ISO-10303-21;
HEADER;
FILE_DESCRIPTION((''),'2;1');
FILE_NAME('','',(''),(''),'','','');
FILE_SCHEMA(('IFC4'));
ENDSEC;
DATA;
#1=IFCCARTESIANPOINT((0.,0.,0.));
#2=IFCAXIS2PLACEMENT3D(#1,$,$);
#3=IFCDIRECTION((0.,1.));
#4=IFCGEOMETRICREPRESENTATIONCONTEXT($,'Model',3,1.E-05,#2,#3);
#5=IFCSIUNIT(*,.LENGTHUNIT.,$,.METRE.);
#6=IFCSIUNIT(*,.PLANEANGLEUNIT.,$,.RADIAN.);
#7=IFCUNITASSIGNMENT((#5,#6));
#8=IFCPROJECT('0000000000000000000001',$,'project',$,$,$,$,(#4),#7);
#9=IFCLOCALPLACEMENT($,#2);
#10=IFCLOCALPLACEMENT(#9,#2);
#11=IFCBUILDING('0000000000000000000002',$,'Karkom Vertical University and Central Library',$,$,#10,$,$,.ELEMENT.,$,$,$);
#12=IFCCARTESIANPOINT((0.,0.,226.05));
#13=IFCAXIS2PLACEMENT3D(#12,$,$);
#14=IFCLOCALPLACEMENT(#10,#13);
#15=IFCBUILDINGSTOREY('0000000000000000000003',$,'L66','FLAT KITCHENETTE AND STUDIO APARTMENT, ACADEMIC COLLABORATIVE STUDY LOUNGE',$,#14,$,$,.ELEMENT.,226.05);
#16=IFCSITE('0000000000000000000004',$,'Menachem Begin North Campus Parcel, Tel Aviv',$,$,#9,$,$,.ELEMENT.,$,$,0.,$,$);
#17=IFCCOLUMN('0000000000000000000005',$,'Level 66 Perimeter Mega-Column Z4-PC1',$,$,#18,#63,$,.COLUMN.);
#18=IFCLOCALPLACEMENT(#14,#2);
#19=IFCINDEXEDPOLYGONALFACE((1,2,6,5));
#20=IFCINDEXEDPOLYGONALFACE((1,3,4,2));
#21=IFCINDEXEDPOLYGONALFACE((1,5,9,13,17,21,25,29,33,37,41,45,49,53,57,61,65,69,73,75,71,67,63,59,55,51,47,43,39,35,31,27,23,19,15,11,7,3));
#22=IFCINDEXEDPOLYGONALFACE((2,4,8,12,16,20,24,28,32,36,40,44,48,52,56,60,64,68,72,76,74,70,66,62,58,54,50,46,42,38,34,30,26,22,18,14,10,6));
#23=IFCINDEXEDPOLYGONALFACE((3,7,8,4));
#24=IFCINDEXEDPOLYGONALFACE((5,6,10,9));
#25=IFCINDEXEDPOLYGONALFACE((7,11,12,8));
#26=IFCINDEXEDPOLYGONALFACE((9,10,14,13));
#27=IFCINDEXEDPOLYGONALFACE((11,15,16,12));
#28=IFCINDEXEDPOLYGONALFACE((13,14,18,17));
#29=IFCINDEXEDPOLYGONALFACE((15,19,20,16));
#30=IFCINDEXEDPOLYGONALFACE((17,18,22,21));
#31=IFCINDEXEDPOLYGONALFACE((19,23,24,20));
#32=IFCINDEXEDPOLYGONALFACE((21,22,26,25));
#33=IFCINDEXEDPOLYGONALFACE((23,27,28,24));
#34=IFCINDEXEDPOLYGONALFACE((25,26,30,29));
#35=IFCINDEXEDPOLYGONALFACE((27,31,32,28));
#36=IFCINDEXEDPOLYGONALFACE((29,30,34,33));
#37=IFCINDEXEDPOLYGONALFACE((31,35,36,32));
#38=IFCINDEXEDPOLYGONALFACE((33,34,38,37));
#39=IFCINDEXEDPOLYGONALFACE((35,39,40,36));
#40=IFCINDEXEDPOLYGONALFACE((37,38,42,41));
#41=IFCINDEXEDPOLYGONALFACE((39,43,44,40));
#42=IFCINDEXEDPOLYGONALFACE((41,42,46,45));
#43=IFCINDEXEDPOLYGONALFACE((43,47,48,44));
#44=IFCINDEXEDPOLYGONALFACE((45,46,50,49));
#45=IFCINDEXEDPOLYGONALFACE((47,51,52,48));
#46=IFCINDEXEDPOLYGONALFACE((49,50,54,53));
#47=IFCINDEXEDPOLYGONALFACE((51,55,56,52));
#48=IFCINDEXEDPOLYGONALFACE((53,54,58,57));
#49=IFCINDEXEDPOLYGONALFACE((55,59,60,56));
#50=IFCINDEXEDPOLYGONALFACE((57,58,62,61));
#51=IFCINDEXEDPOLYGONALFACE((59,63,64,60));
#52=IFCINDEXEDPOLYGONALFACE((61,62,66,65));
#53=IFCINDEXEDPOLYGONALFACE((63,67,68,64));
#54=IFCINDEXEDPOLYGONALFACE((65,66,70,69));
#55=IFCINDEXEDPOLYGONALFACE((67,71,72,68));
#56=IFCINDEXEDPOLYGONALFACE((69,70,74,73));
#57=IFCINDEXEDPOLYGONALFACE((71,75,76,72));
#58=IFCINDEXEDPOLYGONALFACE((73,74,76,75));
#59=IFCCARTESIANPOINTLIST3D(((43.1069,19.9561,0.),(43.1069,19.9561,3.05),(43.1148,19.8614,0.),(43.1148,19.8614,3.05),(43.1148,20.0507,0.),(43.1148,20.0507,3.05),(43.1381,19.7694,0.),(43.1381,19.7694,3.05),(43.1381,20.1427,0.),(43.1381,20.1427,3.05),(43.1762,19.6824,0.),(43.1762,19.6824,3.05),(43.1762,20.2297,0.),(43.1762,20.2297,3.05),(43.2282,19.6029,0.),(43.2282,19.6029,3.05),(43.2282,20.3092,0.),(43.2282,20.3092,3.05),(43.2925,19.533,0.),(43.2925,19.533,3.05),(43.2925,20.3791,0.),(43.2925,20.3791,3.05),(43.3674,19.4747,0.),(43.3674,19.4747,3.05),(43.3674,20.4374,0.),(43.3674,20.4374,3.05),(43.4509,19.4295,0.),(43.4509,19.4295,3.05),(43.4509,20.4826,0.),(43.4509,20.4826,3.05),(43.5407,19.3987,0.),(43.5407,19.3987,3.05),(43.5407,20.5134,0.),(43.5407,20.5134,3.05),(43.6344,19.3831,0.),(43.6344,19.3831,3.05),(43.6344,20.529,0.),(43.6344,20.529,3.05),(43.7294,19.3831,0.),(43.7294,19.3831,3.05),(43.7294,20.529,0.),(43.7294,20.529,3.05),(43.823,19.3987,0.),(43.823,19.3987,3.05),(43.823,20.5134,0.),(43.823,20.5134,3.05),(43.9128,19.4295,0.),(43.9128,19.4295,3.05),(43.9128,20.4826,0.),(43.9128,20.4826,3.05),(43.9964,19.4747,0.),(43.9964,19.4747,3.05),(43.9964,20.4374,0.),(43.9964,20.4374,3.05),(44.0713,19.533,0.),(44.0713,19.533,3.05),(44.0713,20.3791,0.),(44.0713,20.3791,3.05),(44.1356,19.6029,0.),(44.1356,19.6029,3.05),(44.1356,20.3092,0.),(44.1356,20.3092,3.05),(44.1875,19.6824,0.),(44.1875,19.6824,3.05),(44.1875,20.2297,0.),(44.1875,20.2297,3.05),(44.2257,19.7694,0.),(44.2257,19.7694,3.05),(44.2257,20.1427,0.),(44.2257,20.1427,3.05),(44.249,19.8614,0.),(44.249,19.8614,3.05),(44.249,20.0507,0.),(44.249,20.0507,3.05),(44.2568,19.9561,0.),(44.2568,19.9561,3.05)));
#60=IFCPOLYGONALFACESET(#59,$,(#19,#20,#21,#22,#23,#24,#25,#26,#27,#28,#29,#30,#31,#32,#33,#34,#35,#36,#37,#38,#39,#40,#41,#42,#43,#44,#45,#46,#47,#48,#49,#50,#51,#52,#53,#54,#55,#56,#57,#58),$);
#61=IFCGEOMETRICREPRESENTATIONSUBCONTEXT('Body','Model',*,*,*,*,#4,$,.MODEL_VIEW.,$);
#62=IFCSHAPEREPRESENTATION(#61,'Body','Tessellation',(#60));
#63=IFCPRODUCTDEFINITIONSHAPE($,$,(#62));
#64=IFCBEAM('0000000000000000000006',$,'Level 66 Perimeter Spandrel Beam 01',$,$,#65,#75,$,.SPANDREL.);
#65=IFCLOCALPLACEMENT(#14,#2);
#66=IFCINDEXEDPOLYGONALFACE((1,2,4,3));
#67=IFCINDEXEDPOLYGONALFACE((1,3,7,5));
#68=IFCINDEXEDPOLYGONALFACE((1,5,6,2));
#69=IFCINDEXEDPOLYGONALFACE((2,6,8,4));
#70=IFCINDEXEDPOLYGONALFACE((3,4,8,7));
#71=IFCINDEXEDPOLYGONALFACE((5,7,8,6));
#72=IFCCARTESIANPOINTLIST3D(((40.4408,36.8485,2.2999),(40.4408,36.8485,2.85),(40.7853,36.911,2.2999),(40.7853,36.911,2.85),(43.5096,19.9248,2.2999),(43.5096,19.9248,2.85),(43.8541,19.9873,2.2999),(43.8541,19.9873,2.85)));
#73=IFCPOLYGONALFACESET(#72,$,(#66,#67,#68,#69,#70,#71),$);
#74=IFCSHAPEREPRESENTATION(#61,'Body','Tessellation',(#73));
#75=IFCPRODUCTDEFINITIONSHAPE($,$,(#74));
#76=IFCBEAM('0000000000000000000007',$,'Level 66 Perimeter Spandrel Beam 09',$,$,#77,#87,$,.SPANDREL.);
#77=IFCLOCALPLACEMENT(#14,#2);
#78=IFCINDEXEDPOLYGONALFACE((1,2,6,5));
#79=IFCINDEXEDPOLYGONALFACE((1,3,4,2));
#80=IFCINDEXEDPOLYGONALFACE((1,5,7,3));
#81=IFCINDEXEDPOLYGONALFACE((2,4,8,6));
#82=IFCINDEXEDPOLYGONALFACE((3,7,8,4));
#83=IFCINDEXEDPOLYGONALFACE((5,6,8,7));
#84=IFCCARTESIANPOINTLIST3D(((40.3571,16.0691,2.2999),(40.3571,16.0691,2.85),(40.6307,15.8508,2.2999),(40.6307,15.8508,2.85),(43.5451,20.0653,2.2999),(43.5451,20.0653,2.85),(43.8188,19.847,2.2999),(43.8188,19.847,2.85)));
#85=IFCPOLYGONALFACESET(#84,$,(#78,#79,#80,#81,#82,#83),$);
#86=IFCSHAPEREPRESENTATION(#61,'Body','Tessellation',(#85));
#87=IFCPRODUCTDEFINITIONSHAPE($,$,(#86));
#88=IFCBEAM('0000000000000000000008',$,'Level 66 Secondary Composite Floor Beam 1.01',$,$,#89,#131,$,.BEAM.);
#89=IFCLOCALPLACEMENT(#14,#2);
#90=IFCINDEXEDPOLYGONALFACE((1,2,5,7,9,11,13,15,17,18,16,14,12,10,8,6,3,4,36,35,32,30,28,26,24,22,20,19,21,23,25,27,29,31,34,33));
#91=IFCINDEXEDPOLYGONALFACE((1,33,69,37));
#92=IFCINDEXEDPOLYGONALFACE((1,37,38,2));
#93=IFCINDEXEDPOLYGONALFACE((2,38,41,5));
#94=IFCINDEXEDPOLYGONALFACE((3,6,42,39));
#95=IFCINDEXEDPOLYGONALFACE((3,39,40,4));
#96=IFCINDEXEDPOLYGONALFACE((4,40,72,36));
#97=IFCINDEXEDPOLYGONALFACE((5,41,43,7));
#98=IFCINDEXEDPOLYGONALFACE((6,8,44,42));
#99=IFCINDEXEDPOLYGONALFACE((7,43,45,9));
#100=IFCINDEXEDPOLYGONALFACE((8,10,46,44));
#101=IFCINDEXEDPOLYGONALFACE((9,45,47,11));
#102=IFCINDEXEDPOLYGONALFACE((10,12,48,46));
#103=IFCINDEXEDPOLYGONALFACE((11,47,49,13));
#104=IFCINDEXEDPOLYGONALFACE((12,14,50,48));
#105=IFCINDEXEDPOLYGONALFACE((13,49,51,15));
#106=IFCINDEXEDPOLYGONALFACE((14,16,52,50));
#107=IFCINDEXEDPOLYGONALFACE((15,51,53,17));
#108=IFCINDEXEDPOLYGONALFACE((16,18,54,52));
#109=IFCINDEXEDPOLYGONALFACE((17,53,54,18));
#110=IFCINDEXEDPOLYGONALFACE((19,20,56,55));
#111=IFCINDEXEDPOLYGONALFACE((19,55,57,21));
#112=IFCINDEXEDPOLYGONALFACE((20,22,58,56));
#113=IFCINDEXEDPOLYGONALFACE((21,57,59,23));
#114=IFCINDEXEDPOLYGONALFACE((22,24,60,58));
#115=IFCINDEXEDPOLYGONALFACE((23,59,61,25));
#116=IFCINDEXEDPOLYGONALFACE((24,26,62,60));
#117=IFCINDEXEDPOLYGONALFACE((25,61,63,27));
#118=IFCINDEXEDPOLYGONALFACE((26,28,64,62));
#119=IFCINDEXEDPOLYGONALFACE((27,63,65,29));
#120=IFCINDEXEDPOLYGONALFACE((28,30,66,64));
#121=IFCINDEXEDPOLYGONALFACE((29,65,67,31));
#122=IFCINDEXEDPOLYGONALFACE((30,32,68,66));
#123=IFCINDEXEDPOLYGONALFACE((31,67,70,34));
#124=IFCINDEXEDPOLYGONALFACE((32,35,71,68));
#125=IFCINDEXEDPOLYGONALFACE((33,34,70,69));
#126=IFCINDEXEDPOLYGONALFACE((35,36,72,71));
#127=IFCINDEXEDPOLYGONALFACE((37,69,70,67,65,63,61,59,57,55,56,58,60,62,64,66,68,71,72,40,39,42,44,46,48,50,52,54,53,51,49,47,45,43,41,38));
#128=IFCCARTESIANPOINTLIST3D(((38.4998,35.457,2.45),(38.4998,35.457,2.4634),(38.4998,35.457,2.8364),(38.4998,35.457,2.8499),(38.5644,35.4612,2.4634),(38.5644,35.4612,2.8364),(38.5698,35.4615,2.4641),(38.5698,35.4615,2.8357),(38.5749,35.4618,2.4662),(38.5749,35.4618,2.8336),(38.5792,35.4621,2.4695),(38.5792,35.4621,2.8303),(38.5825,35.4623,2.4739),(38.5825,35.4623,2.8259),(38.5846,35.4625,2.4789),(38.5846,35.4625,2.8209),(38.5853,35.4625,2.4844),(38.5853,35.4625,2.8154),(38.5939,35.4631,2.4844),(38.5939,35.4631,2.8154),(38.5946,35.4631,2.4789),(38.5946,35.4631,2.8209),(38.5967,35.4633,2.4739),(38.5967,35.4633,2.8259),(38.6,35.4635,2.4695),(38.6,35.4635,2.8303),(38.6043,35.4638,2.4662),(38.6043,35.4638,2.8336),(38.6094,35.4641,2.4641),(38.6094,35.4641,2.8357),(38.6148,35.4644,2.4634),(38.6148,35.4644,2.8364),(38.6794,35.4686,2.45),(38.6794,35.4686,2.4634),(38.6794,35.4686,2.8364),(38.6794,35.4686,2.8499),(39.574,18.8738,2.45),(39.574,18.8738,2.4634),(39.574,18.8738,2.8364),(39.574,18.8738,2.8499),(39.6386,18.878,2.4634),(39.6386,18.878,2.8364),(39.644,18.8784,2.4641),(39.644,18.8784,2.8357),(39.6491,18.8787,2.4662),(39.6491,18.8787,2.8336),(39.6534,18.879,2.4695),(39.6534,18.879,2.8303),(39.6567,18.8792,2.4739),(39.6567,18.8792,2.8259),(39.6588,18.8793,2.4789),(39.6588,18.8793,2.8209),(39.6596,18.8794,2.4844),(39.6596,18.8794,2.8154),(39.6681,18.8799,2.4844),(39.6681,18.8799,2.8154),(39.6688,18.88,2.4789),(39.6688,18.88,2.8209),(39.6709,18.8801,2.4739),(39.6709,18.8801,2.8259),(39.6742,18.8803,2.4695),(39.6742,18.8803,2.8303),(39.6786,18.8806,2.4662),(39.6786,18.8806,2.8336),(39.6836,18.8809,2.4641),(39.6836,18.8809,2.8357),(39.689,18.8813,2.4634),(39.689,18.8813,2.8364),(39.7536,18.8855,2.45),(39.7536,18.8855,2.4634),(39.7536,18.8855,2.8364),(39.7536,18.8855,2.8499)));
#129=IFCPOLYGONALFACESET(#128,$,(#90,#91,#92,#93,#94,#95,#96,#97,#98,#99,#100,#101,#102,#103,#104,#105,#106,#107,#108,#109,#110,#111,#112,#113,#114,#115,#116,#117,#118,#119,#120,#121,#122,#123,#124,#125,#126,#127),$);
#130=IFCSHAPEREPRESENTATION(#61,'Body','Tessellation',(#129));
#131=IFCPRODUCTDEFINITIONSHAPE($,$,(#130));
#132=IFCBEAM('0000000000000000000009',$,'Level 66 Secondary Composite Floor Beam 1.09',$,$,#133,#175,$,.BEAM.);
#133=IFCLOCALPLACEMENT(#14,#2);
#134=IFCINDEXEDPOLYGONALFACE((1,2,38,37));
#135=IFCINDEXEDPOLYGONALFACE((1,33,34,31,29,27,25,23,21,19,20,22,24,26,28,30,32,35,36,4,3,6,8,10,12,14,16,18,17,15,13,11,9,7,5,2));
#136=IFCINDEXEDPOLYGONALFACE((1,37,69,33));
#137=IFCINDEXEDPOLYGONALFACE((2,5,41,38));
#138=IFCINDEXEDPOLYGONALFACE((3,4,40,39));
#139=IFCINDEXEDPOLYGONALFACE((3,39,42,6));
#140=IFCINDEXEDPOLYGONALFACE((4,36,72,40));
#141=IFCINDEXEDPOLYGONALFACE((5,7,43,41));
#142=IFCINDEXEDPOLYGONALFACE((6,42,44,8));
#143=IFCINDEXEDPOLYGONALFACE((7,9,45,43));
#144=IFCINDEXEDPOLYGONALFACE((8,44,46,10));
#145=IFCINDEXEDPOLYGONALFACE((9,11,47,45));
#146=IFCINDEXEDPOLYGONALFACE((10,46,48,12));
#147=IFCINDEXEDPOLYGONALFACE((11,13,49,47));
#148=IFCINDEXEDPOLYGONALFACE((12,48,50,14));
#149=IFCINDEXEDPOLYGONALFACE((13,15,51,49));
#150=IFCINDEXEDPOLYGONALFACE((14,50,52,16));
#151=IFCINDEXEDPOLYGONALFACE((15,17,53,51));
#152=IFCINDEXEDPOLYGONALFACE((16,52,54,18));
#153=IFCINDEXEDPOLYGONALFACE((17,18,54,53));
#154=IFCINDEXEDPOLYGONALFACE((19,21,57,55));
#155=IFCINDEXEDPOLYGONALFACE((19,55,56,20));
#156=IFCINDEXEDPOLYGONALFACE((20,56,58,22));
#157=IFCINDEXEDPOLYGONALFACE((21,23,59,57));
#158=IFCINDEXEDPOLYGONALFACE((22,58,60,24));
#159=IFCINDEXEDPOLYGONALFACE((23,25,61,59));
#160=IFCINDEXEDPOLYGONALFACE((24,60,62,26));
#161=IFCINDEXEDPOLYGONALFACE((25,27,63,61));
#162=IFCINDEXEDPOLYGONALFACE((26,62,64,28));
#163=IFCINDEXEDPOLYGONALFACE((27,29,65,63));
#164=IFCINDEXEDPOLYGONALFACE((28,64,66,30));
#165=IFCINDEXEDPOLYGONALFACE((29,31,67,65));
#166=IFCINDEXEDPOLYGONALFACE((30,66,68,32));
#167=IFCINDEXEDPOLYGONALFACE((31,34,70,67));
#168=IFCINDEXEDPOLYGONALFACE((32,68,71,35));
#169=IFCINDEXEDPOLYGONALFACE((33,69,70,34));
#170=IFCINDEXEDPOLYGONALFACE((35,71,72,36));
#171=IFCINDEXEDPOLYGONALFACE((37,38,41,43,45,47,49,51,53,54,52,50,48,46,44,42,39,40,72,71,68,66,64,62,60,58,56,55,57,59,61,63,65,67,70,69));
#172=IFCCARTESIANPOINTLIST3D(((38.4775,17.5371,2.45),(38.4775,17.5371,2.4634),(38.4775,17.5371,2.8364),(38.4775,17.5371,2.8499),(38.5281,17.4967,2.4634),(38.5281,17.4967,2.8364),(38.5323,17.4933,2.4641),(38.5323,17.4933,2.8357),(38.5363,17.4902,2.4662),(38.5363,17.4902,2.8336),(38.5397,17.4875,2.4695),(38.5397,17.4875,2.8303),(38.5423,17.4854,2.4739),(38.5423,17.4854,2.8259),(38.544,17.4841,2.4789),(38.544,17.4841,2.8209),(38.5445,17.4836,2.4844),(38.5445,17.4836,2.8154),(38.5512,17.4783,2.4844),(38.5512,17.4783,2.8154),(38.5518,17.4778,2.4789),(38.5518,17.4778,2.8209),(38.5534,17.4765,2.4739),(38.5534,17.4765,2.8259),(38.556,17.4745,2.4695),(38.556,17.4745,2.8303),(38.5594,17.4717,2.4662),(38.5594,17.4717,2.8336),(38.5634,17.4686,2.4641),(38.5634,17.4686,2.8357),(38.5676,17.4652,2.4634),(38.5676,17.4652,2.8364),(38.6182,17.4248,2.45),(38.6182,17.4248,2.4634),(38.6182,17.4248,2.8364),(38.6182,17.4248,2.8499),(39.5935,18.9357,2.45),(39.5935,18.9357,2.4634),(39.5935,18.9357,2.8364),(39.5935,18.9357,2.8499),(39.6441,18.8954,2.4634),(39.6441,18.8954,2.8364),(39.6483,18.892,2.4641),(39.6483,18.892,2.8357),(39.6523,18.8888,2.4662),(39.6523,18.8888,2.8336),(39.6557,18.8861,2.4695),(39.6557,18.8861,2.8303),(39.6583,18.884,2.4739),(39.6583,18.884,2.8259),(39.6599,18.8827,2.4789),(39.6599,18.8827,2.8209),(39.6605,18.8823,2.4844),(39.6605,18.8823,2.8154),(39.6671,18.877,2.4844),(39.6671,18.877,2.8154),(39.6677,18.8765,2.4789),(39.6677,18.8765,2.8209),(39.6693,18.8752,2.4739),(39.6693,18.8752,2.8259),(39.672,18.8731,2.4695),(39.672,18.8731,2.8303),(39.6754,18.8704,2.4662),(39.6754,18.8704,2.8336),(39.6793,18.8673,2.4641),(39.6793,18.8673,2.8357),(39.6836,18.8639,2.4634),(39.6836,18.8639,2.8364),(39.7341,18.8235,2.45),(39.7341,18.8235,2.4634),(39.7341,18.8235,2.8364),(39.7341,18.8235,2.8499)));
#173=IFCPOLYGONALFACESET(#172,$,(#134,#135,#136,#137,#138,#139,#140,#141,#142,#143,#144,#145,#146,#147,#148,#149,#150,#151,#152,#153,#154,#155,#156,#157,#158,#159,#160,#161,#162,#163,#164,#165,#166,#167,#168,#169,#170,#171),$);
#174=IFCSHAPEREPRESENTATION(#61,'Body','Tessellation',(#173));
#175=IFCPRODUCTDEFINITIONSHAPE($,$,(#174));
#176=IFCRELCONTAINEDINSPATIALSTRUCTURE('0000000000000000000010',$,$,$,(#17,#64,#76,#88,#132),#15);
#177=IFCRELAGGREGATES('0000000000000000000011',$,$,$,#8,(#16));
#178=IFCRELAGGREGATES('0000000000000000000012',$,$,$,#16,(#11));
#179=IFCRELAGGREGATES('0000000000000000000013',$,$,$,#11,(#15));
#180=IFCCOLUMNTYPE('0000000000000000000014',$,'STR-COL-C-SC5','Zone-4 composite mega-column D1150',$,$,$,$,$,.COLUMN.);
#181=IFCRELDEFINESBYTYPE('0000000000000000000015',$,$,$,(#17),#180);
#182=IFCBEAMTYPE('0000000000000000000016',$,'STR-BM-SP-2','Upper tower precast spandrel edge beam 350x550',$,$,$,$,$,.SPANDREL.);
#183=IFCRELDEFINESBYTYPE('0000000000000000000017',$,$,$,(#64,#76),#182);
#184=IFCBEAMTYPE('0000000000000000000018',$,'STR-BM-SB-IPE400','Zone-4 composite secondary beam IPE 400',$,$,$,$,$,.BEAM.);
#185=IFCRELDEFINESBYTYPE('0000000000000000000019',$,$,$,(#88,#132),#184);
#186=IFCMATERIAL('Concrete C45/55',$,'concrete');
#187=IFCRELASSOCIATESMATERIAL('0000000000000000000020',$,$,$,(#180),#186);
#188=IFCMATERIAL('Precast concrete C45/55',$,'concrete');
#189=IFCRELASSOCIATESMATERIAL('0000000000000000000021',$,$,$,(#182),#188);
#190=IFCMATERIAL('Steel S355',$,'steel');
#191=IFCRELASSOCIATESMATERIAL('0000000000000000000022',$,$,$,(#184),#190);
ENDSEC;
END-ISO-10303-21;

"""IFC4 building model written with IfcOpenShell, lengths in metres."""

from ifc_helpers import new_model, si_unit, direction, frame, origin, origin_with_axes, origin_2d, place, context, subcontext, project, spatial, rectangle, circle, i_section, extrude, source, transform, mapped, material, material_profile, profile_set, type_object, element, save


model = new_model("IFC4")

# Units and contexts
model_context = context("Model", 3, precision=1e-05, world=origin(), true_north=direction((0.0, 1.0)))
body_context = subcontext(model_context, "Body", "Model", "MODEL_VIEW")
ifc_project = project(units=[si_unit("LENGTHUNIT", "METRE"), si_unit("PLANEANGLEUNIT", "RADIAN")], contexts=[model_context])

# Site, building, storey
site_placement = place(None, origin())
site = spatial("IfcSite", under=ifc_project, at=site_placement, Name="Menachem Begin North Campus Parcel, Tel Aviv", CompositionType="ELEMENT", RefElevation=0.0)
building_placement = place(site_placement, origin())
building = spatial("IfcBuilding", under=site, at=building_placement, Name="Karkom Vertical University and Central Library", CompositionType="ELEMENT")
storey_placement = place(building_placement, frame((0.0, 0.0, 226.05)))
storey = spatial("IfcBuildingStorey", under=building, at=storey_placement, Name="L66", Description="FLAT KITCHENETTE AND STUDIO APARTMENT, ACADEMIC COLLABORATIVE STUDY LOUNGE", CompositionType="ELEMENT", Elevation=226.05)

# Column
ifc_material_1 = material(Name="Concrete C45/55", Category="concrete")
ifc_material_profile_1 = material_profile(ifc_material_1, circle(Radius=0.575, at=origin_2d()), Name="CFT-D1150")
ifc_profile_set_1 = profile_set([ifc_material_profile_1], Name="Concrete C45/55")
column_type = type_object("IfcColumnType", Name="STR-COL-C-SC5", Description="Zone-4 composite mega-column D1150", PredefinedType="COLUMN", material=ifc_profile_set_1)
shared_shape_1 = source(origin_with_axes(), body_context, "Body", "SweptSolid", [
    extrude(circle(Radius=0.575, at=origin_2d()), origin(), (0.0, 0.0, 1.0), 3.05),
])
column_placement = place(storey_placement, frame((43.6819, 19.9561, 0.0), z_axis=(0.0, 0.0, 1.0), x_axis=(1.0, 0.0, 0.0)))
element("IfcColumn", 1, at=column_placement, inside=storey, type_object=column_type, Name="Level 66 Perimeter Mega-Column Z4-PC1", PredefinedType="COLUMN", context=body_context, shape_type="MappedRepresentation", body=[
    mapped(shared_shape_1, transform((0.0, 0.0, 0.0), scale=1.0)),
])

# Beams
ifc_material_2 = material(Name="Precast concrete C45/55", Category="concrete")
ifc_material_profile_2 = material_profile(ifc_material_2, rectangle(XDim=0.3501, YDim=0.55, at=origin_2d()), Name="SPB-350x550")
ifc_profile_set_2 = profile_set([ifc_material_profile_2], Name="Precast concrete C45/55")
beam_type_1 = type_object("IfcBeamType", Name="STR-BM-SP-2", Description="Upper tower precast spandrel edge beam 350x550", PredefinedType="SPANDREL", material=ifc_profile_set_2)
shared_shape_2 = source(origin_with_axes(), body_context, "Body", "SweptSolid", [
    extrude(rectangle(XDim=0.3501, YDim=0.55, at=origin_2d()), origin(), (0.0, 0.0, 1.0), 17.1997),
])
beam_1_placement = place(storey_placement, frame((43.6819, 19.9561, 2.575), z_axis=(-0.178423, 0.983954, 0.0), x_axis=(-0.983954, -0.178423, 0.0)))
element("IfcBeam", 2, at=beam_1_placement, inside=storey, type_object=beam_type_1, Name="Level 66 Perimeter Spandrel Beam 01", PredefinedType="SPANDREL", context=body_context, shape_type="MappedRepresentation", body=[
    mapped(shared_shape_2, transform((0.0, 0.0, 0.0), scale=1.0)),
])
shared_shape_3 = source(origin_with_axes(), body_context, "Body", "SweptSolid", [
    extrude(rectangle(XDim=0.3501, YDim=0.55, at=origin_2d()), origin(), (0.0, 0.0, 1.0), 5.1121),
])
beam_2_placement = place(storey_placement, frame((40.4939, 15.96, 2.575), z_axis=(0.623634, 0.781716, 0.0), x_axis=(-0.781716, 0.623634, 0.0)))
element("IfcBeam", 3, at=beam_2_placement, inside=storey, type_object=beam_type_1, Name="Level 66 Perimeter Spandrel Beam 09", PredefinedType="SPANDREL", context=body_context, shape_type="MappedRepresentation", body=[
    mapped(shared_shape_3, transform((0.0, 0.0, 0.0), scale=1.0)),
])
ifc_material_3 = material(Name="Steel S355", Category="steel")
ifc_material_profile_3 = material_profile(ifc_material_3, i_section(OverallWidth=0.1799, OverallDepth=0.3999, WebThickness=0.0085, FlangeThickness=0.0134, FilletRadius=0.021, at=origin_2d()), Name="IPE 400")
ifc_profile_set_3 = profile_set([ifc_material_profile_3], Name="Steel S355")
beam_type_2 = type_object("IfcBeamType", Name="STR-BM-SB-IPE400", Description="Zone-4 composite secondary beam IPE 400", PredefinedType="BEAM", material=ifc_profile_set_3)
shared_shape_4 = source(origin_with_axes(), body_context, "Body", "SweptSolid", [
    extrude(i_section(OverallWidth=0.1799, OverallDepth=0.3999, WebThickness=0.0085, FlangeThickness=0.0134, FilletRadius=0.021, at=origin_2d()), origin(), (0.0, 0.0, 1.0), 16.6179),
])
beam_3_placement = place(storey_placement, frame((39.6638, 18.8796, 2.6499), z_axis=(-0.064642, 0.997909, 0.0), x_axis=(-0.997909, -0.064642, 0.0)))
element("IfcBeam", 4, at=beam_3_placement, inside=storey, type_object=beam_type_2, Name="Level 66 Secondary Composite Floor Beam 1.01", PredefinedType="BEAM", context=body_context, shape_type="MappedRepresentation", body=[
    mapped(shared_shape_4, transform((0.0, 0.0, 0.0), scale=1.0)),
])
shared_shape_5 = source(origin_with_axes(), body_context, "Body", "SweptSolid", [
    extrude(i_section(OverallWidth=0.1799, OverallDepth=0.3999, WebThickness=0.0085, FlangeThickness=0.0134, FilletRadius=0.021, at=origin_2d()), origin(), (0.0, 0.0, 1.0), 1.7893),
])
beam_4_placement = place(storey_placement, frame((38.5479, 17.481, 2.6499), z_axis=(0.62368, 0.78168, 0.0), x_axis=(-0.78168, 0.62368, 0.0)))
element("IfcBeam", 5, at=beam_4_placement, inside=storey, type_object=beam_type_2, Name="Level 66 Secondary Composite Floor Beam 1.09", PredefinedType="BEAM", context=body_context, shape_type="MappedRepresentation", body=[
    mapped(shared_shape_5, transform((0.0, 0.0, 0.0), scale=1.0)),
])

save(model, "model.ifc")
